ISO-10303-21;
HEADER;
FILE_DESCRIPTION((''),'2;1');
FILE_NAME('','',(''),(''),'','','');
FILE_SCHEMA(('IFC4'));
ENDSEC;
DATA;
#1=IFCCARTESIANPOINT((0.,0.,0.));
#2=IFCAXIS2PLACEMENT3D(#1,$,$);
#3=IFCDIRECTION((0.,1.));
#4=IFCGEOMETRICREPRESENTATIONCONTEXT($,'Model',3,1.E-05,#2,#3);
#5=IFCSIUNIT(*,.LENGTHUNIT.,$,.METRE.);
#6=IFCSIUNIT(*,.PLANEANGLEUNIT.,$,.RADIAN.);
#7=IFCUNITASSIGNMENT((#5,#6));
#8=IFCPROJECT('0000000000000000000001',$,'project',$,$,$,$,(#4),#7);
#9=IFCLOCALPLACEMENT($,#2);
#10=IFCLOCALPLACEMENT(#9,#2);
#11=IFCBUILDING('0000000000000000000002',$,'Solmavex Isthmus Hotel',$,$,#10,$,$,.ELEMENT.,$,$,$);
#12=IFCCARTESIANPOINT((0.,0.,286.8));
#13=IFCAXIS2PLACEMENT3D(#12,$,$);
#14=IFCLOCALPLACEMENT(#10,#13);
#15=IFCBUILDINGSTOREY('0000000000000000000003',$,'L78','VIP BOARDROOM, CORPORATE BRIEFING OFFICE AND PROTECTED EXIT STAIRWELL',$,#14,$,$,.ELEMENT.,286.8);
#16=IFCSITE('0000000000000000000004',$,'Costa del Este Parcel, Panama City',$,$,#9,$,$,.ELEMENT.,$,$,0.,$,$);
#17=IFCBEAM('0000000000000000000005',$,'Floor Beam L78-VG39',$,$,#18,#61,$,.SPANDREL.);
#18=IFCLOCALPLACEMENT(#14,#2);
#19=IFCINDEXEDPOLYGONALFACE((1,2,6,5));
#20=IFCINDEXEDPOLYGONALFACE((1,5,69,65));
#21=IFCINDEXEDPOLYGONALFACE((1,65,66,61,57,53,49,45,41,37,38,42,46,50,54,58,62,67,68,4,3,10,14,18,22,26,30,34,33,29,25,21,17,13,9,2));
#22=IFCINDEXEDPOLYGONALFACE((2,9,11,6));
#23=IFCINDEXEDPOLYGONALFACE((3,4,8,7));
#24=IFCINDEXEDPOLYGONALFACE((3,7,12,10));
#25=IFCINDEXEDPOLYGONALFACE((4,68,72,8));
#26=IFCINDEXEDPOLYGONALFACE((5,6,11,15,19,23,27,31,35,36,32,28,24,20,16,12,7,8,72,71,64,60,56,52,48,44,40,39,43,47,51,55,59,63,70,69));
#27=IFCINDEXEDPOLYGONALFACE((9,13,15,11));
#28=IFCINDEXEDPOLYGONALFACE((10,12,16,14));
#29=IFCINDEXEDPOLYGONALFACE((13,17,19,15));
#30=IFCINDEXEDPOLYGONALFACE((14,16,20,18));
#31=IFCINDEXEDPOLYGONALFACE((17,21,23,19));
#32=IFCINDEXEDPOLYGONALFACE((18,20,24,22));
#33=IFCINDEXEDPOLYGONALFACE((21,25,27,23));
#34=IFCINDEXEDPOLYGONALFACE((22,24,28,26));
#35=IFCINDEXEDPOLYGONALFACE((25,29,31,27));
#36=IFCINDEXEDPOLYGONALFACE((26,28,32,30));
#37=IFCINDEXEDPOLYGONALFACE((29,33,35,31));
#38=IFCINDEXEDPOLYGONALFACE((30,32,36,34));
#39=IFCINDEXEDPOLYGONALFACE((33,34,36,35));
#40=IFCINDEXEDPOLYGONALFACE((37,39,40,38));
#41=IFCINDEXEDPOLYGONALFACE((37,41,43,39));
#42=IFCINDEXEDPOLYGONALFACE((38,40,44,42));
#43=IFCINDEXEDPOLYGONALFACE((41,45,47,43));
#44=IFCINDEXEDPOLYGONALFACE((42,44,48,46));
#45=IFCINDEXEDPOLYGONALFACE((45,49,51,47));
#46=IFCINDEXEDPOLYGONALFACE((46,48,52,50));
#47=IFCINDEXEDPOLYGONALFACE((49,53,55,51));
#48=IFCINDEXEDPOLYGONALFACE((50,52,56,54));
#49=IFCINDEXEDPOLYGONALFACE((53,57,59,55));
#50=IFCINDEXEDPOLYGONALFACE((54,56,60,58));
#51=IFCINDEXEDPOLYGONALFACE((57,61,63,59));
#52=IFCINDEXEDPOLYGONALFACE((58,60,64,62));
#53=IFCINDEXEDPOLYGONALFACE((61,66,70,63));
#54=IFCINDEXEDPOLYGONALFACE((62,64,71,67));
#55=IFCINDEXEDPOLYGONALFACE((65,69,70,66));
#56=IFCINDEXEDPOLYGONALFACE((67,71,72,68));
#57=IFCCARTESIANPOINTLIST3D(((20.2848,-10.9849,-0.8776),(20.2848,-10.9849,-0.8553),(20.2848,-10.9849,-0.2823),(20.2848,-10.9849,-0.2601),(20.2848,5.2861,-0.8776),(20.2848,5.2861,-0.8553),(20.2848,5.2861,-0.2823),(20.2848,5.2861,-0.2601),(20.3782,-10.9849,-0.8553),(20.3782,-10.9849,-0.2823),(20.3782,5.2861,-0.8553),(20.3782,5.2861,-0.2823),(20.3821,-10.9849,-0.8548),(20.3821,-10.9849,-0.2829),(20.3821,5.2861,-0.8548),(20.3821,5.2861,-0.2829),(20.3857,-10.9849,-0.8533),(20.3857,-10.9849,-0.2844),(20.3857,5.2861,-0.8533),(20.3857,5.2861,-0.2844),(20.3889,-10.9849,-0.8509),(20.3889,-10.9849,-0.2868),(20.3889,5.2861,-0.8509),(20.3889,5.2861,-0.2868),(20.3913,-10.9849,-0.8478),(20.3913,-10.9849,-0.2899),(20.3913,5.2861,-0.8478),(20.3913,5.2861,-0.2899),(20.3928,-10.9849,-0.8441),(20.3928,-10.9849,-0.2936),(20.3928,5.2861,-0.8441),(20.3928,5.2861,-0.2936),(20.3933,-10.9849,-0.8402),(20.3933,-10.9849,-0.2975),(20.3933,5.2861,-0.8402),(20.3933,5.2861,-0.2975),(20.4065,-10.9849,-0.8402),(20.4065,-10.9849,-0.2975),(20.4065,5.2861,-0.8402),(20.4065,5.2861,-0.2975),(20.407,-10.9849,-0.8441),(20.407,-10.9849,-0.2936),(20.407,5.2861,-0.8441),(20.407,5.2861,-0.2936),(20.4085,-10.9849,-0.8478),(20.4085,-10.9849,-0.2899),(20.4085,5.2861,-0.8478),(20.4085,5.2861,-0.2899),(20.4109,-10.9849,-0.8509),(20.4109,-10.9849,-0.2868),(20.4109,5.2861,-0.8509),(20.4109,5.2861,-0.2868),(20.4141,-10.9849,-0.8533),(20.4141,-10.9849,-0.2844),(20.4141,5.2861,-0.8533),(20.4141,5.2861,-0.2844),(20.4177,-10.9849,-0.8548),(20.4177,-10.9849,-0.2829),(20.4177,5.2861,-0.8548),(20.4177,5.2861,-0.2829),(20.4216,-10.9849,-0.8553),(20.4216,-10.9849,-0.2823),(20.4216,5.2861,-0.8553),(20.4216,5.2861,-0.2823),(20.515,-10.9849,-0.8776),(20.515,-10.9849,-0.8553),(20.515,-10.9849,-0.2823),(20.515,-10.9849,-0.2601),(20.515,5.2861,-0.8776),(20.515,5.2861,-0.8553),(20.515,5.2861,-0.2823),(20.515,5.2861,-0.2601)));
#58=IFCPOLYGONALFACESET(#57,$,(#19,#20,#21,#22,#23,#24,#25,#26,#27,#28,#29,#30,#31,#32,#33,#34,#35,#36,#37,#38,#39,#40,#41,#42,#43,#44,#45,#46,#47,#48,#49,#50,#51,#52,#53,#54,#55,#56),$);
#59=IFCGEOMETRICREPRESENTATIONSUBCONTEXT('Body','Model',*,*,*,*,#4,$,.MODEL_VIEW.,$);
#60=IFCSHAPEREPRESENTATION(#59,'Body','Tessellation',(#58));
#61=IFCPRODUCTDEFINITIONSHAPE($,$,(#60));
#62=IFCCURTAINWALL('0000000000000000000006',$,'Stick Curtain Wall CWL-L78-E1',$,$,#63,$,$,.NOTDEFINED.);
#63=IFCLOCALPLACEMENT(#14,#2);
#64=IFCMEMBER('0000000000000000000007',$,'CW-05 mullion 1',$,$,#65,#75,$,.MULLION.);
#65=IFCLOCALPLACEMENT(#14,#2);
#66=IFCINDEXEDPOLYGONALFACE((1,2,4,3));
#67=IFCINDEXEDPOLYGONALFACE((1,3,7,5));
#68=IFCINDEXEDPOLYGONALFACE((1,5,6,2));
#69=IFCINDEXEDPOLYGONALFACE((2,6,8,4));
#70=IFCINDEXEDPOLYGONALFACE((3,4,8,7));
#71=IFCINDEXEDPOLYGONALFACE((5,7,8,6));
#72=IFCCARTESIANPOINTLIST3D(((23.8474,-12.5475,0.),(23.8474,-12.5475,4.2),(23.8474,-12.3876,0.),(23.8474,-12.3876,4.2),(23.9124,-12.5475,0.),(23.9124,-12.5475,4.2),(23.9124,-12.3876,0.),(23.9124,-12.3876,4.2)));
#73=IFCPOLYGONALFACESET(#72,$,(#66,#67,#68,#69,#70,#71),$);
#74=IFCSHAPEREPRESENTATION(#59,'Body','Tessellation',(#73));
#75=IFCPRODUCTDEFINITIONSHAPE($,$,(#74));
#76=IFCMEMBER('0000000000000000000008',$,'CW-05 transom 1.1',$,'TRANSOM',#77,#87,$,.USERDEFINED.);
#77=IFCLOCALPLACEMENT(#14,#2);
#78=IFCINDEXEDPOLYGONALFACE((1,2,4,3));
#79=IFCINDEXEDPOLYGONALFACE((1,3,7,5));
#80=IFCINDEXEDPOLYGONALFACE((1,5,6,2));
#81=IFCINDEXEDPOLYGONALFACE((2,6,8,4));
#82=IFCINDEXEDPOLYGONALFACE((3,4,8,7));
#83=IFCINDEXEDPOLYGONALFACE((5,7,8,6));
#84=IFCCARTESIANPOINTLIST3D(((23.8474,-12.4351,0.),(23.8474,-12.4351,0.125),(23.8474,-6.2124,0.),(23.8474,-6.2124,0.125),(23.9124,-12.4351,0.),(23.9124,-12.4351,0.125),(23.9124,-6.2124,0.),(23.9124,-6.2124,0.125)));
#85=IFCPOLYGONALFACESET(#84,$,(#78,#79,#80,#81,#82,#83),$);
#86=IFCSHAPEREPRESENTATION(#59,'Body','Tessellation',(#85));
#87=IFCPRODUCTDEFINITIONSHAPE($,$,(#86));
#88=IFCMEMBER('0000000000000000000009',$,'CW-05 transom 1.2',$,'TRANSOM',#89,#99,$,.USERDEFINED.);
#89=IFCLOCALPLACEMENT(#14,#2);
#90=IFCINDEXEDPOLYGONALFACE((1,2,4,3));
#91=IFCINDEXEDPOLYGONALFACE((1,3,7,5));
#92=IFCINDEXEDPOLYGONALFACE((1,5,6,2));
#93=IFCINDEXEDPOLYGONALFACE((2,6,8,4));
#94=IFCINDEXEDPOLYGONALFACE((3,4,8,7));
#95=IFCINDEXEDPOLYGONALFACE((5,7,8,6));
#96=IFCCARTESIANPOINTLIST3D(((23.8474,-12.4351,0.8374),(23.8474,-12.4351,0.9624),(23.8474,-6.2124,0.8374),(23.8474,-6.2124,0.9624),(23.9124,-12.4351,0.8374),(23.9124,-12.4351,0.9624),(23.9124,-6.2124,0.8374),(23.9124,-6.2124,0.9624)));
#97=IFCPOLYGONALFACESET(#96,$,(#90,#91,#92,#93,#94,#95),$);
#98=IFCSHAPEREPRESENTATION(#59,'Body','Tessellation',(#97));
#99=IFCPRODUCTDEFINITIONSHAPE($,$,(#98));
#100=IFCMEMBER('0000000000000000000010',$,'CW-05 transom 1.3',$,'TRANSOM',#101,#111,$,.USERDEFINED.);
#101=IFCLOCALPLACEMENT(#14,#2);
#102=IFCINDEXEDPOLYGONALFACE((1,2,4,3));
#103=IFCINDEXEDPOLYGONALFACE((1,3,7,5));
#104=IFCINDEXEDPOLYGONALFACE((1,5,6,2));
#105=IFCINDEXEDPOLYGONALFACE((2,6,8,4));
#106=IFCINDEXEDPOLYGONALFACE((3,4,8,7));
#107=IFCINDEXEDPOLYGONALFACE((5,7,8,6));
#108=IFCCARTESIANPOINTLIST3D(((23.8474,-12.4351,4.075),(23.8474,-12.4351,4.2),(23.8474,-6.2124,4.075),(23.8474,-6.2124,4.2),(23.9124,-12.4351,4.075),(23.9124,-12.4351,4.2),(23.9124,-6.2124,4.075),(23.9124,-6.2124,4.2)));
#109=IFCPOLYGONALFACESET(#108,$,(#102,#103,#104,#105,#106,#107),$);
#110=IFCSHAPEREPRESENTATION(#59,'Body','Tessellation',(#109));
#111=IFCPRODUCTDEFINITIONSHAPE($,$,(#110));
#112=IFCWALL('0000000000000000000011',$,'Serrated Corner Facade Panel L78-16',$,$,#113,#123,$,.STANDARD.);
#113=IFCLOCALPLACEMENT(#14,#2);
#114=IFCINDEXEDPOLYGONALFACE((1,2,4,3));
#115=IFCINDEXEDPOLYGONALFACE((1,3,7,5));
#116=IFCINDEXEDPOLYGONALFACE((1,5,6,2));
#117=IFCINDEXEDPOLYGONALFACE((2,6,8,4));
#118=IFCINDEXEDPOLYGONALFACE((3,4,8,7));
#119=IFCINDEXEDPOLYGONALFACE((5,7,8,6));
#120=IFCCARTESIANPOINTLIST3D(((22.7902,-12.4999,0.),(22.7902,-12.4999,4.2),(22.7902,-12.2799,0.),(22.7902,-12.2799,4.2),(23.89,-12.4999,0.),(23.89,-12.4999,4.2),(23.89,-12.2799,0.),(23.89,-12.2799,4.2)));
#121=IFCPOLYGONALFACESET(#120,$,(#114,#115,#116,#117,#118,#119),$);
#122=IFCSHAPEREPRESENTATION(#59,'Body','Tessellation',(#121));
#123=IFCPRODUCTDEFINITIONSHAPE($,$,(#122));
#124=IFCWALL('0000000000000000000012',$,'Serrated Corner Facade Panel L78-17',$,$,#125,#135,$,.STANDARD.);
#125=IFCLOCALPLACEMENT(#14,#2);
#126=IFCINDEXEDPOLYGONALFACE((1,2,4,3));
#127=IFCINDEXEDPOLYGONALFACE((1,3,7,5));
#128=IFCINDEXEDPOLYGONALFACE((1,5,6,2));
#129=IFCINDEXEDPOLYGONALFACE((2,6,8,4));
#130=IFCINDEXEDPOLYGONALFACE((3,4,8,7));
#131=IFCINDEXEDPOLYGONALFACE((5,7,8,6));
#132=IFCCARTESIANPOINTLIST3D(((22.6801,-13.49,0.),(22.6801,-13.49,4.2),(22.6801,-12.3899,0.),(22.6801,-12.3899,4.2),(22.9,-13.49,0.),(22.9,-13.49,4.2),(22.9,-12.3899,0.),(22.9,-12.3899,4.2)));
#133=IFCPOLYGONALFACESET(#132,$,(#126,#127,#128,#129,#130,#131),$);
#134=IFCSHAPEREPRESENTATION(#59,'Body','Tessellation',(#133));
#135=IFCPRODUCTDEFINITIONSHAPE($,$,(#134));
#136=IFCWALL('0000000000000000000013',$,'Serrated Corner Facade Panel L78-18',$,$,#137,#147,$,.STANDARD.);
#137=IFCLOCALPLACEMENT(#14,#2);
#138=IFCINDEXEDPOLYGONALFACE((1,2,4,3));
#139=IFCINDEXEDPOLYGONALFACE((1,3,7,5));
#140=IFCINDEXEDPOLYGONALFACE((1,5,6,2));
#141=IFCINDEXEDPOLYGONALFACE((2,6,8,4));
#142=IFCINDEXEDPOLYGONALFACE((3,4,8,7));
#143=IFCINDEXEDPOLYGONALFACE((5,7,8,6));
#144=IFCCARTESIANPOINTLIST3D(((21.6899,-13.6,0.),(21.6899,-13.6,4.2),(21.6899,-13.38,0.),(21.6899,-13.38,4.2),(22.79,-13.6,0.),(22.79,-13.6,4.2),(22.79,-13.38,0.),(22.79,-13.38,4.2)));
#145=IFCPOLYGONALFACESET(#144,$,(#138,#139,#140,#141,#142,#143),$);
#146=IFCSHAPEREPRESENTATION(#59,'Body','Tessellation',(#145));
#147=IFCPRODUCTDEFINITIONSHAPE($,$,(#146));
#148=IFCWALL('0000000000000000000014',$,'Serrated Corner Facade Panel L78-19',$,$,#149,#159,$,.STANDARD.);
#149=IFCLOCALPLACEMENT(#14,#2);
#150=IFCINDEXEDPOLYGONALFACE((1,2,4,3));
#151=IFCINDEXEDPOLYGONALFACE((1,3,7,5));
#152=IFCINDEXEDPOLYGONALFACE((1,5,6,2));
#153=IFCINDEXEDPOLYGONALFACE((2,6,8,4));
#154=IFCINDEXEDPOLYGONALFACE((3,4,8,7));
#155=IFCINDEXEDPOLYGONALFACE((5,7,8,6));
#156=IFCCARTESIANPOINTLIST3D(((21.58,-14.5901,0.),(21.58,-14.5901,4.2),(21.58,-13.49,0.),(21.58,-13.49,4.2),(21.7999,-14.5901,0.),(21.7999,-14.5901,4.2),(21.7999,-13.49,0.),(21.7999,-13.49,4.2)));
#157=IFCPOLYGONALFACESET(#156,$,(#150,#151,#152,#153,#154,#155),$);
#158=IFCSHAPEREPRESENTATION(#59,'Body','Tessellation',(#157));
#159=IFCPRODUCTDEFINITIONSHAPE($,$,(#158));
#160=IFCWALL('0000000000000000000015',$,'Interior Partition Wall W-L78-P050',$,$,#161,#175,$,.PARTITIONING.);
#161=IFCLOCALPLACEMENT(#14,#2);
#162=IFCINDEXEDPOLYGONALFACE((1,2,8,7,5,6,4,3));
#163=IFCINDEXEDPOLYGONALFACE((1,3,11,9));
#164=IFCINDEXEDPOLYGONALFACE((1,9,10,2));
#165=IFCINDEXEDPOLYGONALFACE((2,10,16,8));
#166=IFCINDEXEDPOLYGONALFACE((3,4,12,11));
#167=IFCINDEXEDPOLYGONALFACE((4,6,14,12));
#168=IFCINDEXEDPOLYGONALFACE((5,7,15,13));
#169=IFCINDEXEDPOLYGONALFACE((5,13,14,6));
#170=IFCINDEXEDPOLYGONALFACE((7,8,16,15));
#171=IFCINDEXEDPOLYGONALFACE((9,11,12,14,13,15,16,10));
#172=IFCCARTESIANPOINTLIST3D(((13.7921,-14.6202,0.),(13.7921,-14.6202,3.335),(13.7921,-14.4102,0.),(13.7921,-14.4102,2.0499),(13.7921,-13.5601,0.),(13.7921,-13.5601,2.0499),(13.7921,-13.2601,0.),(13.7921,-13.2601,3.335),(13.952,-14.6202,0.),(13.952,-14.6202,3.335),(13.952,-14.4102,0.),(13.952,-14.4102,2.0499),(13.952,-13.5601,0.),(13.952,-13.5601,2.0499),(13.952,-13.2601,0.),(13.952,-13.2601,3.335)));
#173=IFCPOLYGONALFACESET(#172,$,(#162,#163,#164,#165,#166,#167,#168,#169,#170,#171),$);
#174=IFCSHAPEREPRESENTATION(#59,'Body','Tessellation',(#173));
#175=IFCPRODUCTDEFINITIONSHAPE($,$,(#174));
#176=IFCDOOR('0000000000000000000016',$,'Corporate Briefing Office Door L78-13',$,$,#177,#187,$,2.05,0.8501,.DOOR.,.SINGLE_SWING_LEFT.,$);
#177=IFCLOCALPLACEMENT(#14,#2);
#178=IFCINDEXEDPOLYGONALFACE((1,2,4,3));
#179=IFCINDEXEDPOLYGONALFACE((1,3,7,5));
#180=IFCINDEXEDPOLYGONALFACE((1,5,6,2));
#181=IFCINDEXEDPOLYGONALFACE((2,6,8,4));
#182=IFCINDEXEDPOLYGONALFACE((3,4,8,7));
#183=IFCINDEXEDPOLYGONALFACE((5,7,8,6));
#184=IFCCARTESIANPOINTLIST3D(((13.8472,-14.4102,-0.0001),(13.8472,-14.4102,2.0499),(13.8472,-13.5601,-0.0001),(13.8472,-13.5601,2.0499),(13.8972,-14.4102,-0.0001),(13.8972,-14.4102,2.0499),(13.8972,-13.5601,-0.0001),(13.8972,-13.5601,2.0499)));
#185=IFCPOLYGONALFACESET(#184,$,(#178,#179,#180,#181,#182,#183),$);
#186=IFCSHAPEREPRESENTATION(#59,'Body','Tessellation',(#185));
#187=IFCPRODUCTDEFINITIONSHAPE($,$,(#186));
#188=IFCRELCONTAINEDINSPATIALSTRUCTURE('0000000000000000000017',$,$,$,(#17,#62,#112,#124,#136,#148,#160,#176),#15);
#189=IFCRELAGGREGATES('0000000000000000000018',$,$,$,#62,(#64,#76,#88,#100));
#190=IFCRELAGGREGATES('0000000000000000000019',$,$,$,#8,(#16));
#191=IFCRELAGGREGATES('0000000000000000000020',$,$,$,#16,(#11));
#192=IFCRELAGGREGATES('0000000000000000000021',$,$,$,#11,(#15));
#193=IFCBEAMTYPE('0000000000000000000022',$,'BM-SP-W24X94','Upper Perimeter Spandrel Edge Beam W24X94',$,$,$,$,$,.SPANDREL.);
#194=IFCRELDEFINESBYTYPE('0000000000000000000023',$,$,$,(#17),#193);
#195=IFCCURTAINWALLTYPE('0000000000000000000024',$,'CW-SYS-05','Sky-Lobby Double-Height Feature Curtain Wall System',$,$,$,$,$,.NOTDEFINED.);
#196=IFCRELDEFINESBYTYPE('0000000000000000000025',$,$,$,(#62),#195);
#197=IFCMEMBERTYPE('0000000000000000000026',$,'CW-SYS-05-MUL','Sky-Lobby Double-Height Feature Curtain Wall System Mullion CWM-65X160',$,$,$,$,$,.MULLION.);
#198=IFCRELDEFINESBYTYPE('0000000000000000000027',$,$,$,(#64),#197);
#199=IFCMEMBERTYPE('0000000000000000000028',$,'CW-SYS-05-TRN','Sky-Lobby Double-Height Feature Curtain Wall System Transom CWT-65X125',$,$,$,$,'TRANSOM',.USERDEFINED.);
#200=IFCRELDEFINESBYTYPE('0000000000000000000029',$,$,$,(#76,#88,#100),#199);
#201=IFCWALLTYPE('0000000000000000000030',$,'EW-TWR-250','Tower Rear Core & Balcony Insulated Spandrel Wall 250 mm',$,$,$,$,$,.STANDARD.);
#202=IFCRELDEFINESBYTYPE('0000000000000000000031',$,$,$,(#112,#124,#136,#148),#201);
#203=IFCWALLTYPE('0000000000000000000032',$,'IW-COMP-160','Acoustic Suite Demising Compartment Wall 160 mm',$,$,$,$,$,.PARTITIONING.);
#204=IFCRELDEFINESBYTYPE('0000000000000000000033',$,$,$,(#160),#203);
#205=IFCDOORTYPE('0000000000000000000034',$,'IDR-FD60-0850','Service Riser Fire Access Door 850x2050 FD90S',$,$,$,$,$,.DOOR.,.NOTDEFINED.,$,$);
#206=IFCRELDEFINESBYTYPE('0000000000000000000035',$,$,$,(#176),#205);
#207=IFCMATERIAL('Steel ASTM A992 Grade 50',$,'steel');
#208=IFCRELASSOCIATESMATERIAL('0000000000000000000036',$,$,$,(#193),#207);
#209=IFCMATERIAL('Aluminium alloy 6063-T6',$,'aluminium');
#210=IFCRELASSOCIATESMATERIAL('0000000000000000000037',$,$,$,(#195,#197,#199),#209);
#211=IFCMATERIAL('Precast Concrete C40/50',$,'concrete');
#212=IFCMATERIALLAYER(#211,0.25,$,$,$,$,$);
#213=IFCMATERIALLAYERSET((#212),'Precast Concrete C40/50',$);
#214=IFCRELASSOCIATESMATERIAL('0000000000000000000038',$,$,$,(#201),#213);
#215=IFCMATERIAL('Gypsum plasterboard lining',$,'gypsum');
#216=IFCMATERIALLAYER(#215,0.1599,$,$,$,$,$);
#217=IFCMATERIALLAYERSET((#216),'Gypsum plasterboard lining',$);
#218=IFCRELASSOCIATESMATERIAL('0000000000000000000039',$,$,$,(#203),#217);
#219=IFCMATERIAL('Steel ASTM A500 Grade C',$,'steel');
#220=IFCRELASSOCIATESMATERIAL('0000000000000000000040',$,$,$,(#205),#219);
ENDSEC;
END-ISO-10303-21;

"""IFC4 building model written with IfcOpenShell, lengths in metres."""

from ifc_helpers import new_model, si_unit, direction, frame, frame_2d, origin, origin_2d, place, context, subcontext, project, spatial, rectangle, i_section, extrude, material, layer, layer_set, material_profile, profile_set, type_object, element, fill, aggregate, save


model = new_model("IFC4")

# Units and contexts
model_context = context("Model", 3, precision=1e-05, world=origin(), true_north=direction((0.0, 1.0)))
body_context = subcontext(model_context, "Body", "Model", "MODEL_VIEW")
ifc_project = project(units=[si_unit("LENGTHUNIT", "METRE"), si_unit("PLANEANGLEUNIT", "RADIAN")], contexts=[model_context])

# Site, building, storey
site_placement = place(None, origin())
site = spatial("IfcSite", under=ifc_project, at=site_placement, Name="Costa del Este Parcel, Panama City", CompositionType="ELEMENT", RefElevation=0.0)
building_placement = place(site_placement, origin())
building = spatial("IfcBuilding", under=site, at=building_placement, Name="Solmavex Isthmus Hotel", CompositionType="ELEMENT")
storey_placement = place(building_placement, frame((0.0, 0.0, 286.8)))
storey = spatial("IfcBuildingStorey", under=building, at=storey_placement, Name="L78", Description="VIP BOARDROOM, CORPORATE BRIEFING OFFICE AND PROTECTED EXIT STAIRWELL", CompositionType="ELEMENT", Elevation=286.8)

# Beam
ifc_material_1 = material(Name="Steel ASTM A992 Grade 50", Category="steel")
ifc_material_profile_1 = material_profile(ifc_material_1, i_section(OverallWidth=0.2302, OverallDepth=0.6174, WebThickness=0.0132, FlangeThickness=0.0222, FilletRadius=0.0151, at=origin_2d()), Name="W24X94")
ifc_profile_set_1 = profile_set([ifc_material_profile_1], Name="Steel ASTM A992 Grade 50")
beam_type_1 = type_object("IfcBeamType", Name="BM-SP-W24X94", Description="Upper Perimeter Spandrel Edge Beam W24X94", PredefinedType="SPANDREL", material=ifc_profile_set_1)
beam_1_placement = place(storey_placement, frame((20.3999, -10.9849, -0.5688), z_axis=(0.0, 1.0, 0.0), x_axis=(-1.0, 0.0, 0.0)))
element("IfcBeam", 1, at=beam_1_placement, inside=storey, type_object=beam_type_1, Name="Floor Beam L78-VG39", PredefinedType="SPANDREL", context=body_context, shape_type="SweptSolid", body=[
    extrude(i_section(OverallWidth=0.2302, OverallDepth=0.6174, WebThickness=0.0132, FlangeThickness=0.0222, FilletRadius=0.0151, at=origin_2d()), origin(), (0.0, 0.0, 1.0), 16.271),
])

# Curtain wall, members
ifc_material_2 = material(Name="Aluminium alloy 6063-T6", Category="aluminium")
curtain_wall_type = type_object("IfcCurtainWallType", Name="CW-SYS-05", Description="Sky-Lobby Double-Height Feature Curtain Wall System", PredefinedType="NOTDEFINED", material=ifc_material_2)
curtain_wall_placement = place(storey_placement, origin())
curtain_wall = element("IfcCurtainWall", 2, at=curtain_wall_placement, inside=storey, type_object=curtain_wall_type, Name="Stick Curtain Wall CWL-L78-E1", PredefinedType="NOTDEFINED")
ifc_material_profile_2 = material_profile(ifc_material_2, rectangle(XDim=0.0649, YDim=0.1599, at=origin_2d()), Name="CWM-65X160")
ifc_profile_set_2 = profile_set([ifc_material_profile_2], Name="Aluminium alloy 6063-T6")
member_type_1 = type_object("IfcMemberType", Name="CW-SYS-05-MUL", Description="Sky-Lobby Double-Height Feature Curtain Wall System Mullion CWM-65X160", PredefinedType="MULLION", material=ifc_profile_set_2)
member_1_placement = place(storey_placement, frame((23.8799, -12.4675, 0.0), z_axis=(0.0, 0.0, 1.0), x_axis=(-1.0, 0.0, 0.0)))
member_1 = element("IfcMember", 3, at=member_1_placement, type_object=member_type_1, Name="CW-05 mullion 1", PredefinedType="MULLION", context=body_context, shape_type="SweptSolid", body=[
    extrude(rectangle(XDim=0.0649, YDim=0.1599, at=origin_2d()), origin(), (0.0, 0.0, 1.0), 4.2),
])
ifc_material_profile_3 = material_profile(ifc_material_2, rectangle(XDim=0.0649, YDim=0.125, at=origin_2d()), Name="CWT-65X125")
ifc_profile_set_3 = profile_set([ifc_material_profile_3], Name="Aluminium alloy 6063-T6")
member_type_2 = type_object("IfcMemberType", Name="CW-SYS-05-TRN", Description="Sky-Lobby Double-Height Feature Curtain Wall System Transom CWT-65X125", ElementType="TRANSOM", PredefinedType="USERDEFINED", material=ifc_profile_set_3)
member_2_placement = place(storey_placement, frame((23.8799, -12.4351, 0.0625), z_axis=(0.0, 1.0, 0.0), x_axis=(-1.0, 0.0, 0.0)))
member_2 = element("IfcMember", 4, at=member_2_placement, type_object=member_type_2, Name="CW-05 transom 1.1", ObjectType="TRANSOM", PredefinedType="USERDEFINED", context=body_context, shape_type="SweptSolid", body=[
    extrude(rectangle(XDim=0.0649, YDim=0.125, at=origin_2d()), origin(), (0.0, 0.0, 1.0), 6.2227),
])
member_3_placement = place(storey_placement, frame((23.8799, -12.4351, 0.8999), z_axis=(0.0, 1.0, 0.0), x_axis=(-1.0, 0.0, 0.0)))
member_3 = element("IfcMember", 5, at=member_3_placement, type_object=member_type_2, Name="CW-05 transom 1.2", ObjectType="TRANSOM", PredefinedType="USERDEFINED", context=body_context, shape_type="SweptSolid", body=[
    extrude(rectangle(XDim=0.0649, YDim=0.125, at=origin_2d()), origin(), (0.0, 0.0, 1.0), 6.2227),
])
member_4_placement = place(storey_placement, frame((23.8799, -12.4351, 4.1375), z_axis=(0.0, 1.0, 0.0), x_axis=(-1.0, 0.0, 0.0)))
member_4 = element("IfcMember", 6, at=member_4_placement, type_object=member_type_2, Name="CW-05 transom 1.3", ObjectType="TRANSOM", PredefinedType="USERDEFINED", context=body_context, shape_type="SweptSolid", body=[
    extrude(rectangle(XDim=0.0649, YDim=0.125, at=origin_2d()), origin(), (0.0, 0.0, 1.0), 6.2227),
])
aggregate(curtain_wall, [member_1, member_2, member_3, member_4])

# Walls
ifc_material_3 = material(Name="Precast Concrete C40/50", Category="concrete")
ifc_layer_1 = layer(ifc_material_3, 0.25)
ifc_layer_set_1 = layer_set([ifc_layer_1], Name="Precast Concrete C40/50")
wall_type_1 = type_object("IfcWallType", Name="EW-TWR-250", Description="Tower Rear Core & Balcony Insulated Spandrel Wall 250 mm", PredefinedType="STANDARD", material=ifc_layer_set_1)
wall_1_placement = place(storey_placement, frame((23.8899, -12.3899, 0.0), z_axis=(0.0, 0.0, 1.0), x_axis=(-1.0, 0.0, 0.0)))
element("IfcWall", 7, at=wall_1_placement, inside=storey, type_object=wall_type_1, Name="Serrated Corner Facade Panel L78-16", PredefinedType="STANDARD", context=body_context, shape_type="SweptSolid", body=[
    extrude(rectangle(XDim=1.0999, YDim=0.22, at=frame_2d((0.5498, 0.0))), origin(), (0.0, 0.0, 1.0), 4.2),
])
for number, where, z_axis, x_axis, name in (
    (8, (22.79, -12.3899, 0.0), (0.0, 0.0, 1.0), (0.0, -1.0, 0.0), "Serrated Corner Facade Panel L78-17"),
    (9, (22.79, -13.49, 0.0), (0.0, 0.0, 1.0), (-1.0, 0.0, 0.0), "Serrated Corner Facade Panel L78-18"),
    (10, (21.6899, -13.49, 0.0), (0.0, 0.0, 1.0), (0.0, -1.0, 0.0), "Serrated Corner Facade Panel L78-19"),
):
    element("IfcWall", number, at=place(storey_placement, frame(where, z_axis=z_axis, x_axis=x_axis)), inside=storey, type_object=wall_type_1, Name=name, PredefinedType="STANDARD", context=body_context, shape_type="SweptSolid", body=[
        extrude(rectangle(XDim=1.1001, YDim=0.22, at=frame_2d((0.55, 0.0))), origin(), (0.0, 0.0, 1.0), 4.2),
    ])

# Wall, opening, door
ifc_material_4 = material(Name="Gypsum plasterboard lining", Category="gypsum")
ifc_layer_2 = layer(ifc_material_4, 0.1599)
ifc_layer_set_2 = layer_set([ifc_layer_2], Name="Gypsum plasterboard lining")
wall_type_2 = type_object("IfcWallType", Name="IW-COMP-160", Description="Acoustic Suite Demising Compartment Wall 160 mm", PredefinedType="PARTITIONING", material=ifc_layer_set_2)
wall_2_placement = place(storey_placement, frame((13.8721, -13.26, 0.0), z_axis=(0.0, 0.0, 1.0), x_axis=(0.0, -1.0, 0.0)))
wall_2 = element("IfcWall", 11, at=wall_2_placement, inside=storey, type_object=wall_type_2, Name="Interior Partition Wall W-L78-P050", PredefinedType="PARTITIONING", context=body_context, shape_type="SweptSolid", body=[
    extrude(rectangle(XDim=1.3601, YDim=0.1599, at=frame_2d((0.6802, 0.0))), origin(), (0.0, 0.0, 1.0), 3.335),
])
opening_1_placement = place(wall_2_placement, frame((0.3, 0.0, 0.0)))
opening_1 = element("IfcOpeningElement", 12, at=opening_1_placement, cuts=wall_2, PredefinedType="OPENING", context=body_context, shape_type="SweptSolid", body=[
    extrude(rectangle(XDim=0.8501, YDim=2.05, at=frame_2d((0.425, 1.0249))), frame((0.0, 0.0898, 0.0), z_axis=(0.0, -1.0, 0.0), x_axis=(1.0, 0.0, 0.0)), (0.0, 0.0, 1.0), 0.1799),
])
ifc_material_5 = material(Name="Steel ASTM A500 Grade C", Category="steel")
door_type_1 = type_object("IfcDoorType", Name="IDR-FD60-0850", Description="Service Riser Fire Access Door 850x2050 FD90S", OperationType="NOTDEFINED", PredefinedType="DOOR", material=ifc_material_5)
door_1_placement = place(opening_1_placement, frame((0.8501, 0.0, 0.0), z_axis=(0.0, 0.0, 1.0), x_axis=(-1.0, 0.0, 0.0)))
door_1 = element("IfcDoor", 13, at=door_1_placement, inside=storey, type_object=door_type_1, Name="Corporate Briefing Office Door L78-13", OperationType="SINGLE_SWING_LEFT", OverallHeight=2.05, OverallWidth=0.8501, PredefinedType="DOOR", context=body_context, shape_type="SweptSolid", body=[
    extrude(rectangle(XDim=0.8501, YDim=2.05, at=frame_2d((0.425, 1.0249))), frame((0.0, 0.0249, 0.0), z_axis=(0.0, -1.0, 0.0), x_axis=(1.0, 0.0, 0.0)), (0.0, 0.0, 1.0), 0.05),
])
fill(opening_1, door_1)

save(model, "model.ifc")
